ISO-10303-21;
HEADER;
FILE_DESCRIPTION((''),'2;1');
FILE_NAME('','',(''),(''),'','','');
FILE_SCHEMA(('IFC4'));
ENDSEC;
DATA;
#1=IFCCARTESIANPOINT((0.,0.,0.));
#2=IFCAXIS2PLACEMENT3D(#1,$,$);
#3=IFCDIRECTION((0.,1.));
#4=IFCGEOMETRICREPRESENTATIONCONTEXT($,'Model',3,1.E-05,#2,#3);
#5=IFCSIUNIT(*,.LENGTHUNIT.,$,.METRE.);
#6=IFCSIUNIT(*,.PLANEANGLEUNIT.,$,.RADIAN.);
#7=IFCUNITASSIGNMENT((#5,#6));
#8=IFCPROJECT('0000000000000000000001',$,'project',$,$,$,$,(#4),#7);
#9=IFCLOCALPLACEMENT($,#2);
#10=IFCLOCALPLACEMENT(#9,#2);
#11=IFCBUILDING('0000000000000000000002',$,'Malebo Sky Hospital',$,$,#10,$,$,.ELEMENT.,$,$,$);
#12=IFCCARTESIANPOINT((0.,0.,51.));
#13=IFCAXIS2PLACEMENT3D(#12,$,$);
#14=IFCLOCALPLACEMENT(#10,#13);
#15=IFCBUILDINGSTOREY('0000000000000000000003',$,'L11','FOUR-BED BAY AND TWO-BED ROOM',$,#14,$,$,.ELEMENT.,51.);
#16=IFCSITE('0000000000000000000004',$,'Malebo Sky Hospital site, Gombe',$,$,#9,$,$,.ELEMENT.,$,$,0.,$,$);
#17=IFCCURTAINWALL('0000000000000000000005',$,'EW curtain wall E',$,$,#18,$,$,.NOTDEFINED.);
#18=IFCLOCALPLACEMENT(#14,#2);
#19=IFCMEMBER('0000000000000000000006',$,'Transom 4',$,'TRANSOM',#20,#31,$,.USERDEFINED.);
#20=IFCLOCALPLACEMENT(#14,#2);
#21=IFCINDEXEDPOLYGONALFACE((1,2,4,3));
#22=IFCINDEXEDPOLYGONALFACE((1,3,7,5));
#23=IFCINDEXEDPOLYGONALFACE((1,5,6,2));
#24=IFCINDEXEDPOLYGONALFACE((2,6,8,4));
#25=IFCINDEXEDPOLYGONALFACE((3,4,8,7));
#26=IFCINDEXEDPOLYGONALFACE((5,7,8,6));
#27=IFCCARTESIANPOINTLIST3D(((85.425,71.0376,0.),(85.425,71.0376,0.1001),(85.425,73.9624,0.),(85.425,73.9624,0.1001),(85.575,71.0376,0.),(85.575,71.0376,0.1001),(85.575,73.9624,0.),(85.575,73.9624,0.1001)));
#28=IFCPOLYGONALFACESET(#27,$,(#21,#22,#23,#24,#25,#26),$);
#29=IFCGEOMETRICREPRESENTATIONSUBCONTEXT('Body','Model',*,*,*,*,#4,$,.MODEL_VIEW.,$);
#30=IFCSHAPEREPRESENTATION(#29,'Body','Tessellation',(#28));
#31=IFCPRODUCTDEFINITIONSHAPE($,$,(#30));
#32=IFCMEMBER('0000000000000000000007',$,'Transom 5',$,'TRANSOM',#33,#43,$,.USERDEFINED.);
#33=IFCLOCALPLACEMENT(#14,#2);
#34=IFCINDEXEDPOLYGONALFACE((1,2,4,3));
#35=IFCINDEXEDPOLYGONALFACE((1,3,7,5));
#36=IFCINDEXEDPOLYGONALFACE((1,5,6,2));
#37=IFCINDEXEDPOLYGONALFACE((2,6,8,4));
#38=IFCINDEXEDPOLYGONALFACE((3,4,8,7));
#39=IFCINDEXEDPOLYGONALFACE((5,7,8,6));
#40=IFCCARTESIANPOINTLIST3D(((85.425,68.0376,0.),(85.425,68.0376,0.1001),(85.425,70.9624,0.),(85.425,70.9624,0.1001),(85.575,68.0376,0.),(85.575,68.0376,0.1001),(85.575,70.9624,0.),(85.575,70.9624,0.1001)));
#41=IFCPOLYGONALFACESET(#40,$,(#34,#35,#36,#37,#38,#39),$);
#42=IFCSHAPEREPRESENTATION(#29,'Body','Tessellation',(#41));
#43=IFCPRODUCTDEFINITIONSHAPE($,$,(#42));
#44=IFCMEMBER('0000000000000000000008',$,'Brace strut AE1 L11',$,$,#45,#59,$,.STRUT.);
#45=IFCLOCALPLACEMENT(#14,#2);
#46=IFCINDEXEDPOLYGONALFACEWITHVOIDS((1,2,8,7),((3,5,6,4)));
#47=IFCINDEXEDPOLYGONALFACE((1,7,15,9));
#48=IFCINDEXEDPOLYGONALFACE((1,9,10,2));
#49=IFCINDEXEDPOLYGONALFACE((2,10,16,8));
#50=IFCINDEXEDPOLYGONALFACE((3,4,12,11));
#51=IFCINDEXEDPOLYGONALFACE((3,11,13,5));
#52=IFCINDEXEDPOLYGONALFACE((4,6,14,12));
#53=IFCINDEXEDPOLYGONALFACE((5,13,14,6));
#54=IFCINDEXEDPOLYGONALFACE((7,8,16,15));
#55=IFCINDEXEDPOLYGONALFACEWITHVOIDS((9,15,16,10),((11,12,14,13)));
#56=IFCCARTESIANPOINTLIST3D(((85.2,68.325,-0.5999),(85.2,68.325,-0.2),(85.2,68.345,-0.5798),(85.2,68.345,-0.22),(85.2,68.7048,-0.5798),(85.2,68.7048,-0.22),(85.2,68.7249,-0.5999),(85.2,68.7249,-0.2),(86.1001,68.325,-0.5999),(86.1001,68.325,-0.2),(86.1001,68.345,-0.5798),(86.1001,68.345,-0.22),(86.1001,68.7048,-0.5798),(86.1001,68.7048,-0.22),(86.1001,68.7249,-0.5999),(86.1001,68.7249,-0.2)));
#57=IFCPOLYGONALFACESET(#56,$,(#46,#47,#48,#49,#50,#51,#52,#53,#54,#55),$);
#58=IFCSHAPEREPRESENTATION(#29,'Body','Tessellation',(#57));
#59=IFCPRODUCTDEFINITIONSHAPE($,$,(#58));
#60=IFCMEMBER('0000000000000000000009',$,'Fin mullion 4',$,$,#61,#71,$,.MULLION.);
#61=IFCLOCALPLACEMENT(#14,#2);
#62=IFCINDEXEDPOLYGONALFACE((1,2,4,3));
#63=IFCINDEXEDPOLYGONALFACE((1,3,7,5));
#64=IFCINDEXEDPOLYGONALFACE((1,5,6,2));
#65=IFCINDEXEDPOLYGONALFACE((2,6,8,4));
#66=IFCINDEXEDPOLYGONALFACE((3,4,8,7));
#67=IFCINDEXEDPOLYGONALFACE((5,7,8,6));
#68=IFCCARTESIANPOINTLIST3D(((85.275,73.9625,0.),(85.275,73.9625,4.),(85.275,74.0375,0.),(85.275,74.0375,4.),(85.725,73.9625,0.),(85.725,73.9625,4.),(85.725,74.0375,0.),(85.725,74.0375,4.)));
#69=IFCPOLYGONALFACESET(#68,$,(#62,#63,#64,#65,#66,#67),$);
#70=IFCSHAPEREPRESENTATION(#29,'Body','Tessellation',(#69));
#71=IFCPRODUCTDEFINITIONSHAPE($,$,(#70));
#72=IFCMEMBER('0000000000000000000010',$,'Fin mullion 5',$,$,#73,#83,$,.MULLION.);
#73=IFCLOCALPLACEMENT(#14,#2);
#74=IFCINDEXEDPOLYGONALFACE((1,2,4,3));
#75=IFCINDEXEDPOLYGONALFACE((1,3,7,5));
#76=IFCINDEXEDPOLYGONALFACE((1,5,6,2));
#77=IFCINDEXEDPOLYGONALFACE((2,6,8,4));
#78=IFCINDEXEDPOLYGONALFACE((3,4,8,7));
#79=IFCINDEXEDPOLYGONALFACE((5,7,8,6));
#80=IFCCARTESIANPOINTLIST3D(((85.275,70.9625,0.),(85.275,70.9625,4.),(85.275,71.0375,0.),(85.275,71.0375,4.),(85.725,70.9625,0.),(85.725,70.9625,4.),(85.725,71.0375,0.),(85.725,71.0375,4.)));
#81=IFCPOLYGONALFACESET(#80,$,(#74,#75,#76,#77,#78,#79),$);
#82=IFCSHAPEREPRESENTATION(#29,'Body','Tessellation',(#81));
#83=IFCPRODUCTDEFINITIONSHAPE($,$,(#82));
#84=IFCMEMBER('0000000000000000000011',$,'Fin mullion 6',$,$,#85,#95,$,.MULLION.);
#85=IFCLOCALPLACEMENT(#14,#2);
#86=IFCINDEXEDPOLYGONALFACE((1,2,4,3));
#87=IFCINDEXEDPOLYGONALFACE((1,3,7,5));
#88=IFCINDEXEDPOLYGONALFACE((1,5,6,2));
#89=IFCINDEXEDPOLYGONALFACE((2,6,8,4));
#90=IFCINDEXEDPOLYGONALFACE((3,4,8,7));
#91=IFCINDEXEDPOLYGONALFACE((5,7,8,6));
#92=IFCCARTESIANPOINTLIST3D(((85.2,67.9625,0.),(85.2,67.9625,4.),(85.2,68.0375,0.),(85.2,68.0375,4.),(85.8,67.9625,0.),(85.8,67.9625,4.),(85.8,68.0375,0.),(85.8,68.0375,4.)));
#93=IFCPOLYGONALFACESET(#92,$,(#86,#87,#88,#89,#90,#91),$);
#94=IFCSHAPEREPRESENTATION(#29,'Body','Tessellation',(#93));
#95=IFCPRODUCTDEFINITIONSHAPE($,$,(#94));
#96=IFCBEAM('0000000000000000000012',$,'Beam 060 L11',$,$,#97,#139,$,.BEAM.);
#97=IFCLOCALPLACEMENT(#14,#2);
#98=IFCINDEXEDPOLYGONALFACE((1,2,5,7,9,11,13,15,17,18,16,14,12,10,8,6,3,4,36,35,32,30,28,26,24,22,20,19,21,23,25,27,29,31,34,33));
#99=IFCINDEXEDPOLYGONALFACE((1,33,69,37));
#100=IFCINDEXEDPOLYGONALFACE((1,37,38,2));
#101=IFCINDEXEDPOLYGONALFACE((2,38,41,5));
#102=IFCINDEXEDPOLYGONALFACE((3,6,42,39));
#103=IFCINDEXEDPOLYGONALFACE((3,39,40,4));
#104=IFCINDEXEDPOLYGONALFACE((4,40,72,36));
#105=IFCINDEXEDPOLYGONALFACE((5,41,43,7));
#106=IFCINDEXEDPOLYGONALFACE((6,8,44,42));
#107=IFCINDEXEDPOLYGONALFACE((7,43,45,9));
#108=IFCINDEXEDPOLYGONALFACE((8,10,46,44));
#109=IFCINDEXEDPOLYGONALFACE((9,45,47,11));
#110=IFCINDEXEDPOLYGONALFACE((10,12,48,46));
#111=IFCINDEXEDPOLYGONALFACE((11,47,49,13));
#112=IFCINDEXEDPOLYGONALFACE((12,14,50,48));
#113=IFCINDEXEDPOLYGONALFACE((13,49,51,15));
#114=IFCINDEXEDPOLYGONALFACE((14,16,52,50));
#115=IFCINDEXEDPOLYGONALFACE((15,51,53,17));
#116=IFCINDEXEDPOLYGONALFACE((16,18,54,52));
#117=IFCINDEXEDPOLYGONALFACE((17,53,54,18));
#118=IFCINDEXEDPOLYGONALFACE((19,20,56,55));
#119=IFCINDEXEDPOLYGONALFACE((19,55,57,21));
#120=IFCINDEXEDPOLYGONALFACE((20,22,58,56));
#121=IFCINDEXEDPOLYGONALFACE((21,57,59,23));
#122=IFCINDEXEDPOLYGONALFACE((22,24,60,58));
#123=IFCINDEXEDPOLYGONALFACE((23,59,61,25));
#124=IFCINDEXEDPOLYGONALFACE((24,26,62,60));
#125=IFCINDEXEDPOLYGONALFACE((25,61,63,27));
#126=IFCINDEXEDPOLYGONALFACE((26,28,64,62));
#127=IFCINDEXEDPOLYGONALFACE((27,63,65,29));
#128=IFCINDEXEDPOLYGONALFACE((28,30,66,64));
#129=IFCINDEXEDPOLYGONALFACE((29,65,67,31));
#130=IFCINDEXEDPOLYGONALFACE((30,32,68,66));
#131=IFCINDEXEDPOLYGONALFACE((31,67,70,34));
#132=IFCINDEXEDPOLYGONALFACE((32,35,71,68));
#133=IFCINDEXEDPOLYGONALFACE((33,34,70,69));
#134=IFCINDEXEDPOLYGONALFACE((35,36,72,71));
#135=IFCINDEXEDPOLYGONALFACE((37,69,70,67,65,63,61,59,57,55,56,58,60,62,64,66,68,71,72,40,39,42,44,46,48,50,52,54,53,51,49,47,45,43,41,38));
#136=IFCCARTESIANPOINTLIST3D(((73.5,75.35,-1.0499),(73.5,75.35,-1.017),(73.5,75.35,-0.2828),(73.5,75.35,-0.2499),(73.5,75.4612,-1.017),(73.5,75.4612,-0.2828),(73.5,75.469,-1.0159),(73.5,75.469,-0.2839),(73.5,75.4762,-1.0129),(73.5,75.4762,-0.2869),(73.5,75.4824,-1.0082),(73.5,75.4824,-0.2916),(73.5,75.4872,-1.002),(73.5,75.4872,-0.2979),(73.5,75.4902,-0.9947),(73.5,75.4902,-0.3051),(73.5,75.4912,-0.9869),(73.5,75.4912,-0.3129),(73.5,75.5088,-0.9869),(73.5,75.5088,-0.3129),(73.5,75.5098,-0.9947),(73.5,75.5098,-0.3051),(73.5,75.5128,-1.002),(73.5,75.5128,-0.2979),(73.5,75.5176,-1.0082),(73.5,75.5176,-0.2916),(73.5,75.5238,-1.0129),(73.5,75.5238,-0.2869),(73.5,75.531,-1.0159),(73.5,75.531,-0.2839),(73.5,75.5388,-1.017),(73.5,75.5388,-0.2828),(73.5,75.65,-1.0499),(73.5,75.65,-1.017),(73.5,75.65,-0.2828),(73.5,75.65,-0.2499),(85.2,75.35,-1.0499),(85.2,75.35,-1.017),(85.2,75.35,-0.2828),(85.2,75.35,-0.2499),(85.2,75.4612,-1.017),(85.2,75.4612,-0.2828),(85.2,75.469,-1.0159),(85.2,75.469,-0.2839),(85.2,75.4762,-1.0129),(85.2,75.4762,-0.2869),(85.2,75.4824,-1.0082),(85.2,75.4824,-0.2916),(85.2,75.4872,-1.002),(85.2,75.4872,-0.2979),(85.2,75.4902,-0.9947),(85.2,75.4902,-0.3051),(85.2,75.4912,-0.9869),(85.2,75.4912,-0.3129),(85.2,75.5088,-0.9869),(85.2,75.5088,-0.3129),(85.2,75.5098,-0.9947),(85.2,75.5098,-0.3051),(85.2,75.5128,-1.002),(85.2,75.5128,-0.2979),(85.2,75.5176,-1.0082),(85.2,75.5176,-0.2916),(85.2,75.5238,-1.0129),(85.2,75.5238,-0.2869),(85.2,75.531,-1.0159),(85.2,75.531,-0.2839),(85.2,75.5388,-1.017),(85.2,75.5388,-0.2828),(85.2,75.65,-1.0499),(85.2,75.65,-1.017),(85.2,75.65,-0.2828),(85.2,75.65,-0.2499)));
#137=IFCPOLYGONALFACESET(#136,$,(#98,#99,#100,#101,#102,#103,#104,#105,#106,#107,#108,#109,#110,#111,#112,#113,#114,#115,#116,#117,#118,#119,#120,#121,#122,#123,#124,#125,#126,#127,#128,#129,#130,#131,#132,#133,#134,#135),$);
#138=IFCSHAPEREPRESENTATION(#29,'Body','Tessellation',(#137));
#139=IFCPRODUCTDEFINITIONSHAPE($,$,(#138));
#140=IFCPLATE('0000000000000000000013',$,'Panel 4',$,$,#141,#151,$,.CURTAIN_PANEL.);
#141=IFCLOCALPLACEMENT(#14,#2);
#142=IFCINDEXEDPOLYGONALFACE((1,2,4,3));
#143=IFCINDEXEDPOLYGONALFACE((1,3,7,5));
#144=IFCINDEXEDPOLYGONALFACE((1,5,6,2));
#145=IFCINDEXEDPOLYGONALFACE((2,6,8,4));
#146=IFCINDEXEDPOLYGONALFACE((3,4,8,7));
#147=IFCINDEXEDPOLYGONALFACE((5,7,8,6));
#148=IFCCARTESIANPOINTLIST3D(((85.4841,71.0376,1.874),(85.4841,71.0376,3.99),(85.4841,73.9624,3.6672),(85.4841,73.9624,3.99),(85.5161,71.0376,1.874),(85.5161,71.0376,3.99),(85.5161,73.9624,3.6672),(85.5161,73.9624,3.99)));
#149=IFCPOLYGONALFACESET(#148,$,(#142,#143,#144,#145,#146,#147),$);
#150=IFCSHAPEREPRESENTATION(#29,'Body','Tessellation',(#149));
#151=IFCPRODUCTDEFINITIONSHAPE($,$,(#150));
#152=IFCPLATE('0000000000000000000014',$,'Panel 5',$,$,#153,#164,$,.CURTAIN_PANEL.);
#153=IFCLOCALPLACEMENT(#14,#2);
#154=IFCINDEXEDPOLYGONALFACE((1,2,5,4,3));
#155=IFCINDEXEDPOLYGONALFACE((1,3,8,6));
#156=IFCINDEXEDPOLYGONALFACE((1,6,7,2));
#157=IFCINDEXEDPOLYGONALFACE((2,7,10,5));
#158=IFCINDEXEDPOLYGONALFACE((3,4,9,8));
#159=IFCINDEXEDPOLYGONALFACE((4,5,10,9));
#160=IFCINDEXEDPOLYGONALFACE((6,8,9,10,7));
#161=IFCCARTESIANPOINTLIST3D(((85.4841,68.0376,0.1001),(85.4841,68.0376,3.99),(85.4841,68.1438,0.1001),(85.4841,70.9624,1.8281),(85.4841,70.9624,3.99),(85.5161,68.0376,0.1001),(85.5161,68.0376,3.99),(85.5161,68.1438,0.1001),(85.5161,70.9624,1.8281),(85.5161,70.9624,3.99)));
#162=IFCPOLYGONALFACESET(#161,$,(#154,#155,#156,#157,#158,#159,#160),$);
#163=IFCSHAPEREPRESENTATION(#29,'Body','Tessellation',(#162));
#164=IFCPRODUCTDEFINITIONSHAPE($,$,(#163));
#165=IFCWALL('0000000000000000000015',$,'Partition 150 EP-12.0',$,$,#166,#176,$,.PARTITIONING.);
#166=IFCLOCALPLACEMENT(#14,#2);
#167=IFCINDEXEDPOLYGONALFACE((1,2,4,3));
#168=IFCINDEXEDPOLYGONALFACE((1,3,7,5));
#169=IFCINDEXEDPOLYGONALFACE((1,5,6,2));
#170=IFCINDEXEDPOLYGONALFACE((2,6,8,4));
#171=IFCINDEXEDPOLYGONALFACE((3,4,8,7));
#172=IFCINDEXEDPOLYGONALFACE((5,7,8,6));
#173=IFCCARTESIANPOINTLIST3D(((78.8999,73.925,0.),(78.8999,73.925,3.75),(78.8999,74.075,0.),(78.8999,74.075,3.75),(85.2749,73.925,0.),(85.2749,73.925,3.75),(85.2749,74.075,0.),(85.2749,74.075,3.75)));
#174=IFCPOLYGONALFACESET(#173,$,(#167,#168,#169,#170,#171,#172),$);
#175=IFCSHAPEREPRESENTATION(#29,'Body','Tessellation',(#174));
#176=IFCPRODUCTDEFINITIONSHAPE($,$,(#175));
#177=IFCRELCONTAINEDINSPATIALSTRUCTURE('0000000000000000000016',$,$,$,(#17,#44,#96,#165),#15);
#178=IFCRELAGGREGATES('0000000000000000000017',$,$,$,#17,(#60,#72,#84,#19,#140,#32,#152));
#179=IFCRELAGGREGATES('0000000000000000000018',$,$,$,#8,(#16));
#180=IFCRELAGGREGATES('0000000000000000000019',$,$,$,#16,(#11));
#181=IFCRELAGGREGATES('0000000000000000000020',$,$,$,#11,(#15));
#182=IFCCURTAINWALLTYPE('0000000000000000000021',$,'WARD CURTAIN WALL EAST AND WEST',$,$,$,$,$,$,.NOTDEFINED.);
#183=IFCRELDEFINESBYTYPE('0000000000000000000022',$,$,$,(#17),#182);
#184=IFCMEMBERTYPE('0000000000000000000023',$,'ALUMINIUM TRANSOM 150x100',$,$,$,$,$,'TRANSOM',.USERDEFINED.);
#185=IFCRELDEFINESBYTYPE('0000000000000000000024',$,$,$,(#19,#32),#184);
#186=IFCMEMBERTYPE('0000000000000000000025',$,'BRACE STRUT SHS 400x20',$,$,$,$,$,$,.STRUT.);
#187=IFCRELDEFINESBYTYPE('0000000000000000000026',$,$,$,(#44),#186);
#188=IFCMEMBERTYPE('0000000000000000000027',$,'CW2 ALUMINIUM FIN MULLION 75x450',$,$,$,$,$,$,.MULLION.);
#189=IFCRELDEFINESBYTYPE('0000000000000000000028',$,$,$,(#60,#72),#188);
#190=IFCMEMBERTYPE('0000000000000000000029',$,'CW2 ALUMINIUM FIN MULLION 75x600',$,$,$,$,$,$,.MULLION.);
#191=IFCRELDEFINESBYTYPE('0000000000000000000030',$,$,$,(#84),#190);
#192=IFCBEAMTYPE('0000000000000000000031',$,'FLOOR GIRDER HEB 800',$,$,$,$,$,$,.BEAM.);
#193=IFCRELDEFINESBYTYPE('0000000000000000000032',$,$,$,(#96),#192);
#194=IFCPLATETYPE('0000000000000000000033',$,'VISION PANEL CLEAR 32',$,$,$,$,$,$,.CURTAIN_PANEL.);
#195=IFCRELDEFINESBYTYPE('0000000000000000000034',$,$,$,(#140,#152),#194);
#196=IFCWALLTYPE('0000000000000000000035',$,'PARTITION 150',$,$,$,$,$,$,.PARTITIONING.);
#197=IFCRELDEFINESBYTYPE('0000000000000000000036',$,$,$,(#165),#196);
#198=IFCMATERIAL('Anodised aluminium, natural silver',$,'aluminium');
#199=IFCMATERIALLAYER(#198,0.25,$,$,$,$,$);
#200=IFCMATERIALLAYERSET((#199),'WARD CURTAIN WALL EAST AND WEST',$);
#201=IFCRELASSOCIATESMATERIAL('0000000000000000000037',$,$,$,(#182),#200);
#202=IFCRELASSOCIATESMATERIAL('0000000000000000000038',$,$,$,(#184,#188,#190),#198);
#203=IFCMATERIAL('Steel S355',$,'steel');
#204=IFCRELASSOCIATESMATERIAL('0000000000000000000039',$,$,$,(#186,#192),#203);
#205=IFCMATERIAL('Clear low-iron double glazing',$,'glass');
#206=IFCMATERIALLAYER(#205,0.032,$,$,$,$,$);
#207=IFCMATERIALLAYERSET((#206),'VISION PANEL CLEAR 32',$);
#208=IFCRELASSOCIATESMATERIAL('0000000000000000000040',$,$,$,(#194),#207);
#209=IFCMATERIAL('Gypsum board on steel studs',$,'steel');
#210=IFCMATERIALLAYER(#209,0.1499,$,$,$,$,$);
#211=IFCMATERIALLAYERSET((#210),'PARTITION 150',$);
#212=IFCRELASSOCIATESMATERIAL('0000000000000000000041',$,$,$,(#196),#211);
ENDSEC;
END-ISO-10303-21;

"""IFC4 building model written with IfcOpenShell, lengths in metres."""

from ifc_helpers import new_model, si_unit, direction, frame, frame_2d, origin, origin_2d, place, context, subcontext, project, spatial, polyline, rectangle, hollow_rectangle, i_section, outline, extrude, material, layer, layer_set, material_profile, profile_set, type_object, element, aggregate, save


model = new_model("IFC4")

# Units and contexts
model_context = context("Model", 3, precision=1e-05, world=origin(), true_north=direction((0.0, 1.0)))
body_context = subcontext(model_context, "Body", "Model", "MODEL_VIEW")
ifc_project = project(units=[si_unit("LENGTHUNIT", "METRE"), si_unit("PLANEANGLEUNIT", "RADIAN")], contexts=[model_context])

# Site, building, storey
site_placement = place(None, origin())
site = spatial("IfcSite", under=ifc_project, at=site_placement, Name="Malebo Sky Hospital site, Gombe", CompositionType="ELEMENT", RefElevation=0.0)
building_placement = place(site_placement, origin())
building = spatial("IfcBuilding", under=site, at=building_placement, Name="Malebo Sky Hospital", CompositionType="ELEMENT")
storey_placement = place(building_placement, frame((0.0, 0.0, 51.0)))
storey = spatial("IfcBuildingStorey", under=building, at=storey_placement, Name="L11", Description="FOUR-BED BAY AND TWO-BED ROOM", CompositionType="ELEMENT", Elevation=51.0)

# Curtain wall, members
ifc_material_1 = material(Name="Anodised aluminium, natural silver", Category="aluminium")
ifc_layer_1 = layer(ifc_material_1, 0.25)
ifc_layer_set_1 = layer_set([ifc_layer_1], Name="WARD CURTAIN WALL EAST AND WEST")
curtain_wall_type = type_object("IfcCurtainWallType", Name="WARD CURTAIN WALL EAST AND WEST", PredefinedType="NOTDEFINED", material=ifc_layer_set_1)
curtain_wall_placement = place(storey_placement, origin())
curtain_wall = element("IfcCurtainWall", 1, at=curtain_wall_placement, inside=storey, type_object=curtain_wall_type, Name="EW curtain wall E", PredefinedType="NOTDEFINED")
ifc_material_profile_1 = material_profile(ifc_material_1, rectangle(XDim=0.1499, YDim=0.1001, at=origin_2d()), Name="ALUMINIUM TRANSOM 150x100")
ifc_profile_set_1 = profile_set([ifc_material_profile_1], Name="Anodised aluminium, natural silver")
member_type_1 = type_object("IfcMemberType", Name="ALUMINIUM TRANSOM 150x100", ElementType="TRANSOM", PredefinedType="USERDEFINED", material=ifc_profile_set_1)
member_1_placement = place(storey_placement, frame((85.5, 73.9624, 0.05), z_axis=(0.0, -1.0, 0.0), x_axis=(1.0, 0.0, 0.0)))
member_1 = element("IfcMember", 2, at=member_1_placement, type_object=member_type_1, Name="Transom 4", ObjectType="TRANSOM", PredefinedType="USERDEFINED", context=body_context, shape_type="SweptSolid", body=[
    extrude(rectangle(XDim=0.1499, YDim=0.1001, at=origin_2d()), origin(), (0.0, 0.0, 1.0), 2.9248),
])
member_2_placement = place(storey_placement, frame((85.5, 70.9624, 0.05), z_axis=(0.0, -1.0, 0.0), x_axis=(1.0, 0.0, 0.0)))
member_2 = element("IfcMember", 3, at=member_2_placement, type_object=member_type_1, Name="Transom 5", ObjectType="TRANSOM", PredefinedType="USERDEFINED", context=body_context, shape_type="SweptSolid", body=[
    extrude(rectangle(XDim=0.1499, YDim=0.1001, at=origin_2d()), origin(), (0.0, 0.0, 1.0), 2.9248),
])

# Members
ifc_material_2 = material(Name="Steel S355", Category="steel")
ifc_material_profile_2 = material_profile(ifc_material_2, hollow_rectangle(XDim=0.3999, YDim=0.3999, WallThickness=0.02, at=origin_2d()), Name="SHS 400x20")
ifc_profile_set_2 = profile_set([ifc_material_profile_2], Name="Steel S355")
member_type_2 = type_object("IfcMemberType", Name="BRACE STRUT SHS 400x20", PredefinedType="STRUT", material=ifc_profile_set_2)
member_3_placement = place(storey_placement, frame((86.1001, 68.5249, -0.3999), z_axis=(-1.0, 0.0, 0.0), x_axis=(0.0, -1.0, 0.0)))
element("IfcMember", 4, at=member_3_placement, inside=storey, type_object=member_type_2, Name="Brace strut AE1 L11", PredefinedType="STRUT", context=body_context, shape_type="SweptSolid", body=[
    extrude(hollow_rectangle(XDim=0.3999, YDim=0.3999, WallThickness=0.02, at=origin_2d()), origin(), (0.0, 0.0, 1.0), 0.9001),
])
ifc_material_profile_3 = material_profile(ifc_material_1, rectangle(XDim=0.075, YDim=0.45, at=origin_2d()), Name="CW2 ALUMINIUM FIN MULLION 75x450")
ifc_profile_set_3 = profile_set([ifc_material_profile_3], Name="Anodised aluminium, natural silver")
member_type_3 = type_object("IfcMemberType", Name="CW2 ALUMINIUM FIN MULLION 75x450", PredefinedType="MULLION", material=ifc_profile_set_3)
member_4_placement = place(storey_placement, frame((85.5, 74.0, 0.0), z_axis=(0.0, 0.0, 1.0), x_axis=(0.0, -1.0, 0.0)))
member_4 = element("IfcMember", 5, at=member_4_placement, type_object=member_type_3, Name="Fin mullion 4", PredefinedType="MULLION", context=body_context, shape_type="SweptSolid", body=[
    extrude(rectangle(XDim=0.075, YDim=0.45, at=origin_2d()), origin(), (0.0, 0.0, 1.0), 4.0),
])
member_5_placement = place(storey_placement, frame((85.5, 71.0, 0.0), z_axis=(0.0, 0.0, 1.0), x_axis=(0.0, -1.0, 0.0)))
member_5 = element("IfcMember", 6, at=member_5_placement, type_object=member_type_3, Name="Fin mullion 5", PredefinedType="MULLION", context=body_context, shape_type="SweptSolid", body=[
    extrude(rectangle(XDim=0.075, YDim=0.45, at=origin_2d()), origin(), (0.0, 0.0, 1.0), 4.0),
])
ifc_material_profile_4 = material_profile(ifc_material_1, rectangle(XDim=0.075, YDim=0.6001, at=origin_2d()), Name="CW2 ALUMINIUM FIN MULLION 75x600")
ifc_profile_set_4 = profile_set([ifc_material_profile_4], Name="Anodised aluminium, natural silver")
member_type_4 = type_object("IfcMemberType", Name="CW2 ALUMINIUM FIN MULLION 75x600", PredefinedType="MULLION", material=ifc_profile_set_4)
member_6_placement = place(storey_placement, frame((85.5, 68.0, 0.0), z_axis=(0.0, 0.0, 1.0), x_axis=(0.0, -1.0, 0.0)))
member_6 = element("IfcMember", 7, at=member_6_placement, type_object=member_type_4, Name="Fin mullion 6", PredefinedType="MULLION", context=body_context, shape_type="SweptSolid", body=[
    extrude(rectangle(XDim=0.075, YDim=0.6001, at=origin_2d()), origin(), (0.0, 0.0, 1.0), 4.0),
])

# Beam
ifc_material_profile_5 = material_profile(ifc_material_2, i_section(OverallWidth=0.3, OverallDepth=0.8, WebThickness=0.0176, FlangeThickness=0.033, FilletRadius=0.03, at=origin_2d()), Name="HEB 800")
ifc_profile_set_5 = profile_set([ifc_material_profile_5], Name="Steel S355")
beam_type = type_object("IfcBeamType", Name="FLOOR GIRDER HEB 800", PredefinedType="BEAM", material=ifc_profile_set_5)
beam_placement = place(storey_placement, frame((73.5, 75.5, -0.6499), z_axis=(1.0, 0.0, 0.0), x_axis=(0.0, 1.0, 0.0)))
element("IfcBeam", 8, at=beam_placement, inside=storey, type_object=beam_type, Name="Beam 060 L11", PredefinedType="BEAM", context=body_context, shape_type="SweptSolid", body=[
    extrude(i_section(OverallWidth=0.3, OverallDepth=0.8, WebThickness=0.0176, FlangeThickness=0.033, FilletRadius=0.03, at=origin_2d()), origin(), (0.0, 0.0, 1.0), 11.7),
])

# Plates
ifc_material_3 = material(Name="Clear low-iron double glazing", Category="glass")
ifc_layer_2 = layer(ifc_material_3, 0.032)
ifc_layer_set_2 = layer_set([ifc_layer_2], Name="VISION PANEL CLEAR 32")
plate_type = type_object("IfcPlateType", Name="VISION PANEL CLEAR 32", PredefinedType="CURTAIN_PANEL", material=ifc_layer_set_2)
plate_1_placement = place(storey_placement, frame((85.5, 72.5, 1.874), z_axis=(0.0, 0.0, 1.0), x_axis=(0.0, -1.0, 0.0)))
plate_1 = element("IfcPlate", 9, at=plate_1_placement, type_object=plate_type, Name="Panel 4", PredefinedType="CURTAIN_PANEL", context=body_context, shape_type="SweptSolid", body=[
    extrude(outline(polyline([(1.4624, 0.0), (1.4624, 2.116), (-1.4624, 2.116), (-1.4624, 1.7932), (1.4624, 0.0)])), frame((0.0, 0.0161, 0.0), z_axis=(0.0, -1.0, 0.0), x_axis=(1.0, 0.0, 0.0)), (0.0, 0.0, 1.0), 0.032),
])
plate_2_placement = place(storey_placement, frame((85.5, 69.5, 0.1001), z_axis=(0.0, 0.0, 1.0), x_axis=(0.0, -1.0, 0.0)))
plate_2 = element("IfcPlate", 10, at=plate_2_placement, type_object=plate_type, Name="Panel 5", PredefinedType="CURTAIN_PANEL", context=body_context, shape_type="SweptSolid", body=[
    extrude(outline(polyline([(1.3562, 0.0), (1.4624, 0.0), (1.4624, 3.8899), (-1.4624, 3.8899), (-1.4624, 1.728), (1.3562, 0.0)])), frame((0.0, 0.0161, 0.0), z_axis=(0.0, -1.0, 0.0), x_axis=(1.0, 0.0, 0.0)), (0.0, 0.0, 1.0), 0.032),
])
aggregate(curtain_wall, [member_4, member_5, member_6, member_1, plate_1, member_2, plate_2])

# Wall
ifc_material_4 = material(Name="Gypsum board on steel studs", Category="steel")
ifc_layer_3 = layer(ifc_material_4, 0.1499)
ifc_layer_set_3 = layer_set([ifc_layer_3], Name="PARTITION 150")
wall_type = type_object("IfcWallType", Name="PARTITION 150", PredefinedType="PARTITIONING", material=ifc_layer_set_3)
wall_1_placement = place(storey_placement, frame((78.8999, 74.0, 0.0), z_axis=(0.0, 0.0, 1.0), x_axis=(1.0, 0.0, 0.0)))
element("IfcWall", 11, at=wall_1_placement, inside=storey, type_object=wall_type, Name="Partition 150 EP-12.0", PredefinedType="PARTITIONING", context=body_context, shape_type="SweptSolid", body=[
    extrude(rectangle(XDim=6.375, YDim=0.1499, at=frame_2d((3.1875, 0.0))), origin(), (0.0, 0.0, 1.0), 3.75),
])

save(model, "model.ifc")
